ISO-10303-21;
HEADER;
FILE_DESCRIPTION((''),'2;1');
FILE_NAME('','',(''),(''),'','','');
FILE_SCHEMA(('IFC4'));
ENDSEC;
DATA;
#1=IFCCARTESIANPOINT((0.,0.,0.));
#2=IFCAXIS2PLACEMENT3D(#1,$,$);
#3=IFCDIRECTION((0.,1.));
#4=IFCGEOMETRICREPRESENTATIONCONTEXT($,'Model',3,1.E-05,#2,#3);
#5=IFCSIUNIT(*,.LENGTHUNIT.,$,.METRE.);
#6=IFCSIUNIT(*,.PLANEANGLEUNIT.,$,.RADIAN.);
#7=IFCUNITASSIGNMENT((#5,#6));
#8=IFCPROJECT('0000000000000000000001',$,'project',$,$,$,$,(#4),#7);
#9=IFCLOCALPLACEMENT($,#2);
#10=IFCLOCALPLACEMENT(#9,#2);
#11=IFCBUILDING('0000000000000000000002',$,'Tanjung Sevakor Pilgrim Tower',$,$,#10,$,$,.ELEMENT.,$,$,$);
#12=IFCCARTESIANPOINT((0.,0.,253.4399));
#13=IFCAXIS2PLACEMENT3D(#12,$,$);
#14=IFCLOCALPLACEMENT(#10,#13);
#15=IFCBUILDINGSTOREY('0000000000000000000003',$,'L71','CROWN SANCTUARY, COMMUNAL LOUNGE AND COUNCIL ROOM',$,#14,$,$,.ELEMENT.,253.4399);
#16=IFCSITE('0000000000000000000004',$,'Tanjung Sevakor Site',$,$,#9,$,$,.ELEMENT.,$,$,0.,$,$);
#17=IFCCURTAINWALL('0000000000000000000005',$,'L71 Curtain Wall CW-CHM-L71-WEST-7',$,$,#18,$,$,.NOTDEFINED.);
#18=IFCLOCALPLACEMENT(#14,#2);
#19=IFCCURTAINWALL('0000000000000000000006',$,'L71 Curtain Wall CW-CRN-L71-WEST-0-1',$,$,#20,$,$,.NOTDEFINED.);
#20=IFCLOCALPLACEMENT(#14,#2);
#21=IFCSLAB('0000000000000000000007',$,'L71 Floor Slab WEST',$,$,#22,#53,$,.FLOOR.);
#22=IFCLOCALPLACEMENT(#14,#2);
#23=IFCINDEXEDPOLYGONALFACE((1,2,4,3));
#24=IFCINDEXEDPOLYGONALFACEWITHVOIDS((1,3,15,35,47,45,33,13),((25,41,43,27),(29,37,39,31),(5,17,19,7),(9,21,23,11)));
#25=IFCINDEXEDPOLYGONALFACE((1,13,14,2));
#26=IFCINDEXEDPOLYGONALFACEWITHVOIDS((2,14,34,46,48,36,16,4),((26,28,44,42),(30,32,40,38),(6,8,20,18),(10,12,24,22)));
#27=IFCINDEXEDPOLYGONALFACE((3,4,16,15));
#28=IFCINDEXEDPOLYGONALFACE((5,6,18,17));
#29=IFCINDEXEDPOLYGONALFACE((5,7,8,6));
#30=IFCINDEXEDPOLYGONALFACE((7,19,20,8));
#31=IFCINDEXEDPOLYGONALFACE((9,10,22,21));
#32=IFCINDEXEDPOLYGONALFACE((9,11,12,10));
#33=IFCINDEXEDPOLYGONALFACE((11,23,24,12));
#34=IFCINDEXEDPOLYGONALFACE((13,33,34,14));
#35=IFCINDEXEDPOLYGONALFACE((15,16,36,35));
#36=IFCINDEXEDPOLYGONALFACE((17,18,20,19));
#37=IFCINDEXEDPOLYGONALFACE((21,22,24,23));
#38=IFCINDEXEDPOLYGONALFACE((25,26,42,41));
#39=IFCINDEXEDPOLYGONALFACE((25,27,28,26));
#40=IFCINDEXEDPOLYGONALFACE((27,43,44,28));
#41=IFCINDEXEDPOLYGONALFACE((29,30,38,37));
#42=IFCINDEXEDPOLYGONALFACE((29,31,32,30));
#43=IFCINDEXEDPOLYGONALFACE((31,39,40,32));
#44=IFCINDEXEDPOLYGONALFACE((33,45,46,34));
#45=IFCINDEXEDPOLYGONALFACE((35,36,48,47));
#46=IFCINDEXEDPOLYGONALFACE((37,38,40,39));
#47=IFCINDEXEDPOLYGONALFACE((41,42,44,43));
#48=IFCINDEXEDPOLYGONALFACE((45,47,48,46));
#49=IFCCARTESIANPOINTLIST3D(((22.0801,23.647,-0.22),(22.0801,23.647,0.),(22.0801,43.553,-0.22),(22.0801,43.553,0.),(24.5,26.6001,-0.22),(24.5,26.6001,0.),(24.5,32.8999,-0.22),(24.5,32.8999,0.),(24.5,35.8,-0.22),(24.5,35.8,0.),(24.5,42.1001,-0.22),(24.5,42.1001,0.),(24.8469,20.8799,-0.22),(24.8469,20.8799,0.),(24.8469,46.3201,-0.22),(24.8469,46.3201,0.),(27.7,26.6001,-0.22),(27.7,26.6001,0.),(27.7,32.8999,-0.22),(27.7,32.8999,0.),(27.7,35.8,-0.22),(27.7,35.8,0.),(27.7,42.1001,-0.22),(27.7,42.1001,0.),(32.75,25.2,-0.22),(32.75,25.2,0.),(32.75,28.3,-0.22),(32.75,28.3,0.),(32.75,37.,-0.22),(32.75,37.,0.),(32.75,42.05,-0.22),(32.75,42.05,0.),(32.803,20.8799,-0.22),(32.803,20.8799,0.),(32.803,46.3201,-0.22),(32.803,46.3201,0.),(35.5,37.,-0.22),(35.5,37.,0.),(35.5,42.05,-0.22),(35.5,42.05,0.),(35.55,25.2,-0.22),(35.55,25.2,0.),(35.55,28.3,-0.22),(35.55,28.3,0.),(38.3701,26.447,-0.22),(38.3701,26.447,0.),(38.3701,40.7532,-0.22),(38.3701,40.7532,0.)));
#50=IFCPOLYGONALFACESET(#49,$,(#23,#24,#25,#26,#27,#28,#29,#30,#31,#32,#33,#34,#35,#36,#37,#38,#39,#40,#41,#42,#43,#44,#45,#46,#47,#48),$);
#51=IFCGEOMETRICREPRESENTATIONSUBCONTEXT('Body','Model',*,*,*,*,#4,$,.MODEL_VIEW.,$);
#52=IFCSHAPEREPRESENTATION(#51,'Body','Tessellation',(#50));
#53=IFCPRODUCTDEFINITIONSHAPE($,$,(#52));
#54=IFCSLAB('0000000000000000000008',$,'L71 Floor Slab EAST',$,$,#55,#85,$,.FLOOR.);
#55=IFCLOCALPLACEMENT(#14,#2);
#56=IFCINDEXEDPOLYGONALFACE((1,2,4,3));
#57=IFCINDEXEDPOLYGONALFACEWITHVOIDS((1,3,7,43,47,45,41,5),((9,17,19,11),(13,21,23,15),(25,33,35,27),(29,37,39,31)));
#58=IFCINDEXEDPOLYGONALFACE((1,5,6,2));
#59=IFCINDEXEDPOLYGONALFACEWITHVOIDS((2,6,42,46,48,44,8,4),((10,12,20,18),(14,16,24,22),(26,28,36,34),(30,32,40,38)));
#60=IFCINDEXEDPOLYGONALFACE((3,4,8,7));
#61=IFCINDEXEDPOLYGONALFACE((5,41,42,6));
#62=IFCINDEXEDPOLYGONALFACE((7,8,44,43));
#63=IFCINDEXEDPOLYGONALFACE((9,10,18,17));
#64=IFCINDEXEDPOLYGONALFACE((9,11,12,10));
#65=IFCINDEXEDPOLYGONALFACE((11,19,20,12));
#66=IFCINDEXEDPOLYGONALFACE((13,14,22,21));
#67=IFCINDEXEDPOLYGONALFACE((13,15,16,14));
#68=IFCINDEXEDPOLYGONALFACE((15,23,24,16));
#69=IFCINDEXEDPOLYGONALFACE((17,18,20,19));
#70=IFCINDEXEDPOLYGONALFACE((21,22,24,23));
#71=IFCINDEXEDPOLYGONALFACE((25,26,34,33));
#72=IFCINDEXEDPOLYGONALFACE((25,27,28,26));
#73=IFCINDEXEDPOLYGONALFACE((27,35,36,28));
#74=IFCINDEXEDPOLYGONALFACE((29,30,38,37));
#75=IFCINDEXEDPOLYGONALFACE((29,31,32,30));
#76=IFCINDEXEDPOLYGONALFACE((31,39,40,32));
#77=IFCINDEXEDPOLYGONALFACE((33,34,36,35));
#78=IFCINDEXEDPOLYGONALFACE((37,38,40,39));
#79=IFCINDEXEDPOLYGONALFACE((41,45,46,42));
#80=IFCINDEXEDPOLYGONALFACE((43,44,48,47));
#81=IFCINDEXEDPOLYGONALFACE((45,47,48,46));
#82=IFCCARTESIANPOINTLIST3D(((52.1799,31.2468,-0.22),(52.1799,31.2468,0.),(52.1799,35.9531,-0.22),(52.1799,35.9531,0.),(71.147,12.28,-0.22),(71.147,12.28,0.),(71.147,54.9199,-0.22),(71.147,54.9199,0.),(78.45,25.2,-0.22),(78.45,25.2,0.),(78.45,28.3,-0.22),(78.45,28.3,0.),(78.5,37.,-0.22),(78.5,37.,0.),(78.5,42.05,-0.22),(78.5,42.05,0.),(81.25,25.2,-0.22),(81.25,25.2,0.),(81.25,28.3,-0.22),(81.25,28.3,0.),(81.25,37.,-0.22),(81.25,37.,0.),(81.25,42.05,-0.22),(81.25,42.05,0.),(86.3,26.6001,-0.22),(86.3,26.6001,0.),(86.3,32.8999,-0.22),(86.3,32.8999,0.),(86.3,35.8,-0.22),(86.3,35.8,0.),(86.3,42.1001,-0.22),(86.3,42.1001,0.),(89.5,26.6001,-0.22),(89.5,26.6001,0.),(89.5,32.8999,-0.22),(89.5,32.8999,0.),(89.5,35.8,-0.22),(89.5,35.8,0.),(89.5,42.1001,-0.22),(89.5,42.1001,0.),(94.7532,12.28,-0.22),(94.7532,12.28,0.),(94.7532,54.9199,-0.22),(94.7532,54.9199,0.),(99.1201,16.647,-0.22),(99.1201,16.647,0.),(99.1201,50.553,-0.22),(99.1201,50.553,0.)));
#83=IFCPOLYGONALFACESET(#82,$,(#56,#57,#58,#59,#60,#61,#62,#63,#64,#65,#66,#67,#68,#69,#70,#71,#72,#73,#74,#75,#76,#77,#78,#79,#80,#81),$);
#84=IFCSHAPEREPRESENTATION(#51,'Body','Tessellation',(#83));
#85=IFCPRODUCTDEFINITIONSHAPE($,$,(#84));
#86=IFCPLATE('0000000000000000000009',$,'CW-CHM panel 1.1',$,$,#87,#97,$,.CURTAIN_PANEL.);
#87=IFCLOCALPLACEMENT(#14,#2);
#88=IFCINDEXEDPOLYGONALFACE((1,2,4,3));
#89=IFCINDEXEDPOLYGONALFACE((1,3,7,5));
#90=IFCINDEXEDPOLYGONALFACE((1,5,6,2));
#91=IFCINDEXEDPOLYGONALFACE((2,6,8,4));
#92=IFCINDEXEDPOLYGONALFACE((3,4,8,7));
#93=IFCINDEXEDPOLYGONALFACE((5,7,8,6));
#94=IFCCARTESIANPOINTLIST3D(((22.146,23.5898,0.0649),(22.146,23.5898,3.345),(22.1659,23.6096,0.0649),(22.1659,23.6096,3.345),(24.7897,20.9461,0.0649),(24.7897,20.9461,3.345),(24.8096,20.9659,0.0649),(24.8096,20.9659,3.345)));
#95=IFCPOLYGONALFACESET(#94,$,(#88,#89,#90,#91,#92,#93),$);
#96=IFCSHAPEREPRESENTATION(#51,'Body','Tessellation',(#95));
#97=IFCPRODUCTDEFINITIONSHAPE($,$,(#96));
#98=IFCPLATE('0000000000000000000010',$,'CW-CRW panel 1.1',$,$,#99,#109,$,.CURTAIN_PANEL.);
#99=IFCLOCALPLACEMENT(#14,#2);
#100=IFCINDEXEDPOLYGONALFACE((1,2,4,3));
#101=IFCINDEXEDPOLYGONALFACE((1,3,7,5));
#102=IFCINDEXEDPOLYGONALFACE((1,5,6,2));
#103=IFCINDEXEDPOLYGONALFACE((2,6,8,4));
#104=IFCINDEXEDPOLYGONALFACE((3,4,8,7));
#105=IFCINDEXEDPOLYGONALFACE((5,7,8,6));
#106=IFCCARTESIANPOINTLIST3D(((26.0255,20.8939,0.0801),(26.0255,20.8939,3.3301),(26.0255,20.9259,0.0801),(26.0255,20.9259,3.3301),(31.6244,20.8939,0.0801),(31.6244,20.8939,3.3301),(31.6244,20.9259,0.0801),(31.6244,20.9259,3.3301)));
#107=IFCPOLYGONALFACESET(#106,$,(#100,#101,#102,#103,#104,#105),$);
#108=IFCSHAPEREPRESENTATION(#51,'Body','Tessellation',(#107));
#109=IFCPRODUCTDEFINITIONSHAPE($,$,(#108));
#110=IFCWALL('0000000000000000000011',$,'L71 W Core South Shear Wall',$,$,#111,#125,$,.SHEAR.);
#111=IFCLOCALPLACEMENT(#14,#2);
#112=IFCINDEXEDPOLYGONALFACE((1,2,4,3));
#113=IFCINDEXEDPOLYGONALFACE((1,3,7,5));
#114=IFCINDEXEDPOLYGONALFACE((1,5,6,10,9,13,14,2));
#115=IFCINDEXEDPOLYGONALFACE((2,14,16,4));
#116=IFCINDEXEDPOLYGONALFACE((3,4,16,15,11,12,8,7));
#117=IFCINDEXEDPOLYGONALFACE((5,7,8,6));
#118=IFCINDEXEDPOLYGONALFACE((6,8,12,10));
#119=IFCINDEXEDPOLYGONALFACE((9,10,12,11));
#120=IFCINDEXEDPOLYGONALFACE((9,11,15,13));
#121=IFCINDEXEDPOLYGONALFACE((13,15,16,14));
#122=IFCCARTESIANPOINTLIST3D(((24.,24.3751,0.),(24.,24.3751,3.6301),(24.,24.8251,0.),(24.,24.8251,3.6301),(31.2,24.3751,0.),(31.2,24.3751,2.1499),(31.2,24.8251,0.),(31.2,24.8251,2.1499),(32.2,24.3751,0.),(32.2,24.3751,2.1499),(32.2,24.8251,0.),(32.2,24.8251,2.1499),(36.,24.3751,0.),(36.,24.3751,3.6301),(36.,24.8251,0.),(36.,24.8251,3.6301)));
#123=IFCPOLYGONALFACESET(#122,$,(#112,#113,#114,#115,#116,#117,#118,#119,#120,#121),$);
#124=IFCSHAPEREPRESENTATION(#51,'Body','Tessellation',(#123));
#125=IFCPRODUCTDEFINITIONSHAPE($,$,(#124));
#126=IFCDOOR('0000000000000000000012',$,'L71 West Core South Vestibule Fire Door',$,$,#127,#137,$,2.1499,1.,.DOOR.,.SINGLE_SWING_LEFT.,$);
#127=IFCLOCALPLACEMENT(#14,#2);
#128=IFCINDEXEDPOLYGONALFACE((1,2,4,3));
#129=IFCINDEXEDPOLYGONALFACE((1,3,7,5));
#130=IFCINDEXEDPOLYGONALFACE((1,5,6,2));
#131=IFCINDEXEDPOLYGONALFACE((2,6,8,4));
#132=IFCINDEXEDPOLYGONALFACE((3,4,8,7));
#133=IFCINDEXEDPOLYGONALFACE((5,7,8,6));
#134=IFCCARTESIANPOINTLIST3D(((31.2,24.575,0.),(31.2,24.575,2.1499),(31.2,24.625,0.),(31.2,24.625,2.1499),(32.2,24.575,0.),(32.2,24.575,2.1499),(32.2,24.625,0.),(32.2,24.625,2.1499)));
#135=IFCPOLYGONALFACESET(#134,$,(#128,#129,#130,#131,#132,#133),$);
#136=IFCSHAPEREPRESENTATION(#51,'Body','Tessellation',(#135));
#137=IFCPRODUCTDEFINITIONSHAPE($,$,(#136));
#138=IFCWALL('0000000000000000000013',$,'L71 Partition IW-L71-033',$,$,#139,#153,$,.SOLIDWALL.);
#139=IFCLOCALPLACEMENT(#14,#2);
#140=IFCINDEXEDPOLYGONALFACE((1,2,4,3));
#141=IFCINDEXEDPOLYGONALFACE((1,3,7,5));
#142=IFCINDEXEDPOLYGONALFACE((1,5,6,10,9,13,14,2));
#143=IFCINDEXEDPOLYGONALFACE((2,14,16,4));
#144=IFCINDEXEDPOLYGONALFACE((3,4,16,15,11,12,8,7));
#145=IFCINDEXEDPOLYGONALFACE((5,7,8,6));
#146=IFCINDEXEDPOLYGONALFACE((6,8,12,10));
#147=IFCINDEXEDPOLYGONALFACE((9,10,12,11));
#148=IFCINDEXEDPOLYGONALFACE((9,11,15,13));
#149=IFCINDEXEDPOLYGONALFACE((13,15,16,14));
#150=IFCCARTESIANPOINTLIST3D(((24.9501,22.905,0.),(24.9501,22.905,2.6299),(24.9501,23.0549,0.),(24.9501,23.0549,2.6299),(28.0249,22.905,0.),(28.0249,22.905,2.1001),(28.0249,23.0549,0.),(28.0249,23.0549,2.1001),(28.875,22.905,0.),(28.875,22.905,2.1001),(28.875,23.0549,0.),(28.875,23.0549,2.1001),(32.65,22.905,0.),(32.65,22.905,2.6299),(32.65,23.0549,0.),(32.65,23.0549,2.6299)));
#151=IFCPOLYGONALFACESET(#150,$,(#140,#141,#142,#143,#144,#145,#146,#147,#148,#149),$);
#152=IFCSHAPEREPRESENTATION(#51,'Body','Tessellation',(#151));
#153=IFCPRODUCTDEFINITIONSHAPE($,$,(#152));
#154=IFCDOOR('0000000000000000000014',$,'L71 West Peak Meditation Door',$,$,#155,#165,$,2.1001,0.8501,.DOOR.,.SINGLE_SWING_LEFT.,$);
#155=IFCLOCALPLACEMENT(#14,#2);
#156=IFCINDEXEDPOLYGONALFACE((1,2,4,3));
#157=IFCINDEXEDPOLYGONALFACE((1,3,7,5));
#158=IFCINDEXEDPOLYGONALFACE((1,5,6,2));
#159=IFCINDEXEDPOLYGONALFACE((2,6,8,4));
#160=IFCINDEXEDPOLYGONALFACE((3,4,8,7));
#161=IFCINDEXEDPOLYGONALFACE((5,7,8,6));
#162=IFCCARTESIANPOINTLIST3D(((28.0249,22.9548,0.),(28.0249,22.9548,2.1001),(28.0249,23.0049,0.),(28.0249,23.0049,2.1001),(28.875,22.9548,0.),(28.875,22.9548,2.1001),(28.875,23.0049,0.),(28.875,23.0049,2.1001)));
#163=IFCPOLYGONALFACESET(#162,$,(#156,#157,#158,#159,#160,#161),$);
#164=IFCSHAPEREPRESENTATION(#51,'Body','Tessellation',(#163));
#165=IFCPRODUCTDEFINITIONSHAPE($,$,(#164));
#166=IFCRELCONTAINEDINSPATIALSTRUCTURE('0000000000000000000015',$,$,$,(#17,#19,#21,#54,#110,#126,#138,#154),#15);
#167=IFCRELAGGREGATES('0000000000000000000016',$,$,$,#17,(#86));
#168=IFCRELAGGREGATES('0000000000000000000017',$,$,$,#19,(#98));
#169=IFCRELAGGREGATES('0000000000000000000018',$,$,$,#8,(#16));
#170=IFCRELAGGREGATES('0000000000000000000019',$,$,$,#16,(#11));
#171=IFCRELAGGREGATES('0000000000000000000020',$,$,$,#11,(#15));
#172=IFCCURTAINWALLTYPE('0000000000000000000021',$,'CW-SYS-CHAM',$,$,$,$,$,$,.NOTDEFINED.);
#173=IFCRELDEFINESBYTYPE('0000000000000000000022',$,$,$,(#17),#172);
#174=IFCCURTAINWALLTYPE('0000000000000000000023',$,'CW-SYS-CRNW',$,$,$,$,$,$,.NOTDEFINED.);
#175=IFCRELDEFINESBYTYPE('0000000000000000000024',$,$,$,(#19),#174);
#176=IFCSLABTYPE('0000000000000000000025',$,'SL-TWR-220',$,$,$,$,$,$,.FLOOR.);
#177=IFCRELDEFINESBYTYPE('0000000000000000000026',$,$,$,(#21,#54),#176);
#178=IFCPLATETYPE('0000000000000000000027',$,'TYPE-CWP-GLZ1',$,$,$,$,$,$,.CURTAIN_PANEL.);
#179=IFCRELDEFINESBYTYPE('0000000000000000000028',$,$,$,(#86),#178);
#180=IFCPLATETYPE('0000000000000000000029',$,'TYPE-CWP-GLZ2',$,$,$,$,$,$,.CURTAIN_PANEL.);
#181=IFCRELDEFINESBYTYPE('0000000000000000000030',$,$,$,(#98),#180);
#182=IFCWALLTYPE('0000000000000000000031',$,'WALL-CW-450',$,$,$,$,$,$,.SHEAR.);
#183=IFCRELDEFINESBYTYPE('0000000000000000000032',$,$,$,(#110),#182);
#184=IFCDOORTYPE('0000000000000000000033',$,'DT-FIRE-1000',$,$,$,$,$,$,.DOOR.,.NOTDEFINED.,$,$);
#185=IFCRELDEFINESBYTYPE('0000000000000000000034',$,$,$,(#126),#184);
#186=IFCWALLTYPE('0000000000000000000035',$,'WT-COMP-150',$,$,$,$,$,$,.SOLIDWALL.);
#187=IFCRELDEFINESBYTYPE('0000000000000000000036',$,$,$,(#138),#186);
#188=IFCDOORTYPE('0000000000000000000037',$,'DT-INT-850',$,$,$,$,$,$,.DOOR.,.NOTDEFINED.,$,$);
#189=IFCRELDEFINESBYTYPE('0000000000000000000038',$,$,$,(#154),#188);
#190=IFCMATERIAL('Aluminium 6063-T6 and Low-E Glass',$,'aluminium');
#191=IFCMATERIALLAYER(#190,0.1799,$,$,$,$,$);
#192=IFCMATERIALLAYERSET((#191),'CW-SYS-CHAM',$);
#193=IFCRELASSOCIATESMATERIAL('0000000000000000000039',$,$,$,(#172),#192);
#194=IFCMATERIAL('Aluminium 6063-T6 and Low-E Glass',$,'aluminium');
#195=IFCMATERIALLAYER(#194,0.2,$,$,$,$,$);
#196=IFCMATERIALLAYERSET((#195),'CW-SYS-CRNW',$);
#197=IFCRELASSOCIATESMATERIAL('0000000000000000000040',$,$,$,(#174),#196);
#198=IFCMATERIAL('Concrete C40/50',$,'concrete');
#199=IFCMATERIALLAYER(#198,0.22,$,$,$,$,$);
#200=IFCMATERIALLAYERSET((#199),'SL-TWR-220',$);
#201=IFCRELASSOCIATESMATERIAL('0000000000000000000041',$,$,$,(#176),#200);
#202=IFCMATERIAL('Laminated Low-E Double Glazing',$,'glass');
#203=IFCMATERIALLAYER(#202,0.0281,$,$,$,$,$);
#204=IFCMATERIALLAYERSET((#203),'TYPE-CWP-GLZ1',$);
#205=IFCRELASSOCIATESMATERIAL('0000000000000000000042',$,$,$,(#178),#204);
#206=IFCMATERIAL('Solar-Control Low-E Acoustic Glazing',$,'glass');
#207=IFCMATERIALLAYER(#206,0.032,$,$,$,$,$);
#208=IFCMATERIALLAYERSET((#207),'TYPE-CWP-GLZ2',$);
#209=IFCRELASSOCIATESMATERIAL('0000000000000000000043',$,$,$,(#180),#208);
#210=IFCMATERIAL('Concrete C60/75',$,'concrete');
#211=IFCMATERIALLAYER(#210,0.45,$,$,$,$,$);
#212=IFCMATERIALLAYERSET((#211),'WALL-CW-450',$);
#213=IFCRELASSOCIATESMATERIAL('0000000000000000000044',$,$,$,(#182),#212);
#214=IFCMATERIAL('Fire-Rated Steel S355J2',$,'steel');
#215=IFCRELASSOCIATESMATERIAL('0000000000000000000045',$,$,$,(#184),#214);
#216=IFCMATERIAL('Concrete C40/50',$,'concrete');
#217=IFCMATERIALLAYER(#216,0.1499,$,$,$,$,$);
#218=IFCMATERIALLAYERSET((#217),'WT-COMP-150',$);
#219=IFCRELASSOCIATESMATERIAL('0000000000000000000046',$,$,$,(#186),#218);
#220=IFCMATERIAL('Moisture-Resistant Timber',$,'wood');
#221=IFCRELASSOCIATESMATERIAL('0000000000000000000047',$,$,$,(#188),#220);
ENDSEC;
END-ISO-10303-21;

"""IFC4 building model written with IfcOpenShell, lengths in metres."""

from ifc_helpers import new_model, si_unit, direction, frame, frame_2d, origin, origin_2d, place, context, subcontext, project, spatial, polyline, rectangle, outline, extrude, material, layer, layer_set, type_object, element, fill, aggregate, save


model = new_model("IFC4")

# Units and contexts
model_context = context("Model", 3, precision=1e-05, world=origin(), true_north=direction((0.0, 1.0)))
body_context = subcontext(model_context, "Body", "Model", "MODEL_VIEW")
ifc_project = project(units=[si_unit("LENGTHUNIT", "METRE"), si_unit("PLANEANGLEUNIT", "RADIAN")], contexts=[model_context])

# Site, building, storey
site_placement = place(None, origin())
site = spatial("IfcSite", under=ifc_project, at=site_placement, Name="Tanjung Sevakor Site", CompositionType="ELEMENT", RefElevation=0.0)
building_placement = place(site_placement, origin())
building = spatial("IfcBuilding", under=site, at=building_placement, Name="Tanjung Sevakor Pilgrim Tower", CompositionType="ELEMENT")
storey_placement = place(building_placement, frame((0.0, 0.0, 253.4399)))
storey = spatial("IfcBuildingStorey", under=building, at=storey_placement, Name="L71", Description="CROWN SANCTUARY, COMMUNAL LOUNGE AND COUNCIL ROOM", CompositionType="ELEMENT", Elevation=253.4399)

# Curtain wall
ifc_material_1 = material(Name="Aluminium 6063-T6 and Low-E Glass", Category="aluminium")
ifc_layer_1 = layer(ifc_material_1, 0.1799)
ifc_layer_set_1 = layer_set([ifc_layer_1], Name="CW-SYS-CHAM")
curtain_wall_type_1 = type_object("IfcCurtainWallType", Name="CW-SYS-CHAM", PredefinedType="NOTDEFINED", material=ifc_layer_set_1)
curtain_wall_1_placement = place(storey_placement, origin())
curtain_wall_1 = element("IfcCurtainWall", 1, at=curtain_wall_1_placement, inside=storey, type_object=curtain_wall_type_1, Name="L71 Curtain Wall CW-CHM-L71-WEST-7", PredefinedType="NOTDEFINED")

# Curtain wall
ifc_material_2 = material(Name="Aluminium 6063-T6 and Low-E Glass", Category="aluminium")
ifc_layer_2 = layer(ifc_material_2, 0.2)
ifc_layer_set_2 = layer_set([ifc_layer_2], Name="CW-SYS-CRNW")
curtain_wall_type_2 = type_object("IfcCurtainWallType", Name="CW-SYS-CRNW", PredefinedType="NOTDEFINED", material=ifc_layer_set_2)
curtain_wall_2_placement = place(storey_placement, origin())
curtain_wall_2 = element("IfcCurtainWall", 2, at=curtain_wall_2_placement, inside=storey, type_object=curtain_wall_type_2, Name="L71 Curtain Wall CW-CRN-L71-WEST-0-1", PredefinedType="NOTDEFINED")

# Slabs
ifc_material_3 = material(Name="Concrete C40/50", Category="concrete")
ifc_layer_3 = layer(ifc_material_3, 0.22)
ifc_layer_set_3 = layer_set([ifc_layer_3], Name="SL-TWR-220")
slab_type_1 = type_object("IfcSlabType", Name="SL-TWR-220", PredefinedType="FLOOR", material=ifc_layer_set_3)
slab_1_placement = place(storey_placement, frame((0.0, 0.0, -0.22)))
element("IfcSlab", 3, at=slab_1_placement, inside=storey, type_object=slab_type_1, Name="L71 Floor Slab WEST", PredefinedType="FLOOR", context=body_context, shape_type="SweptSolid", body=[
    extrude(outline(polyline([(24.8469, 20.8799), (32.803, 20.8799), (38.3701, 26.447), (38.3701, 40.7532), (32.803, 46.3201), (24.8469, 46.3201), (22.0801, 43.553), (22.0801, 23.647), (24.8469, 20.8799)]), holes=[polyline([(27.7, 26.6001), (27.7, 32.8999), (24.5, 32.8999), (24.5, 26.6001), (27.7, 26.6001)]), polyline([(27.7, 35.8), (27.7, 42.1001), (24.5, 42.1001), (24.5, 35.8), (27.7, 35.8)]), polyline([(32.75, 25.2), (35.55, 25.2), (35.55, 28.3), (32.75, 28.3), (32.75, 25.2)]), polyline([(32.75, 37.0), (35.5, 37.0), (35.5, 42.05), (32.75, 42.05), (32.75, 37.0)])]), origin(), (0.0, 0.0, 1.0), 0.22),
])
slab_2_placement = place(storey_placement, frame((0.0, 0.0, -0.22)))
element("IfcSlab", 4, at=slab_2_placement, inside=storey, type_object=slab_type_1, Name="L71 Floor Slab EAST", PredefinedType="FLOOR", context=body_context, shape_type="SweptSolid", body=[
    extrude(outline(polyline([(71.147, 12.28), (94.7532, 12.28), (99.1201, 16.647), (99.1201, 50.553), (94.7532, 54.9199), (71.147, 54.9199), (52.1799, 35.9531), (52.1799, 31.2468), (71.147, 12.28)]), holes=[polyline([(89.5, 26.6001), (89.5, 32.8999), (86.3, 32.8999), (86.3, 26.6001), (89.5, 26.6001)]), polyline([(89.5, 35.8), (89.5, 42.1001), (86.3, 42.1001), (86.3, 35.8), (89.5, 35.8)]), polyline([(78.45, 25.2), (81.25, 25.2), (81.25, 28.3), (78.45, 28.3), (78.45, 25.2)]), polyline([(78.5, 37.0), (81.25, 37.0), (81.25, 42.05), (78.5, 42.05), (78.5, 37.0)])]), origin(), (0.0, 0.0, 1.0), 0.22),
])

# Plates
ifc_material_4 = material(Name="Laminated Low-E Double Glazing", Category="glass")
ifc_layer_4 = layer(ifc_material_4, 0.0281)
ifc_layer_set_4 = layer_set([ifc_layer_4], Name="TYPE-CWP-GLZ1")
plate_type_1 = type_object("IfcPlateType", Name="TYPE-CWP-GLZ1", PredefinedType="CURTAIN_PANEL", material=ifc_layer_set_4)
plate_1_placement = place(storey_placement, frame((23.4778, 22.2778, 0.0649), z_axis=(0.0, 0.0, 1.0), x_axis=(0.707107, -0.707107, 0.0)))
plate_1 = element("IfcPlate", 5, at=plate_1_placement, type_object=plate_type_1, Name="CW-CHM panel 1.1", PredefinedType="CURTAIN_PANEL", context=body_context, shape_type="SweptSolid", body=[
    extrude(rectangle(XDim=3.7388, YDim=0.0281, at=origin_2d()), origin(), (0.0, 0.0, 1.0), 3.28),
])
aggregate(curtain_wall_1, [plate_1])
ifc_material_5 = material(Name="Solar-Control Low-E Acoustic Glazing", Category="glass")
ifc_layer_5 = layer(ifc_material_5, 0.032)
ifc_layer_set_5 = layer_set([ifc_layer_5], Name="TYPE-CWP-GLZ2")
plate_type_2 = type_object("IfcPlateType", Name="TYPE-CWP-GLZ2", PredefinedType="CURTAIN_PANEL", material=ifc_layer_set_5)
plate_2_placement = place(storey_placement, frame((28.825, 20.9099, 0.0801), z_axis=(0.0, 0.0, 1.0), x_axis=(1.0, 0.0, 0.0)))
plate_2 = element("IfcPlate", 6, at=plate_2_placement, type_object=plate_type_2, Name="CW-CRW panel 1.1", PredefinedType="CURTAIN_PANEL", context=body_context, shape_type="SweptSolid", body=[
    extrude(rectangle(XDim=5.5989, YDim=0.032, at=origin_2d()), origin(), (0.0, 0.0, 1.0), 3.25),
])
aggregate(curtain_wall_2, [plate_2])

# Walls, openings, doors
ifc_material_6 = material(Name="Concrete C60/75", Category="concrete")
ifc_layer_6 = layer(ifc_material_6, 0.45)
ifc_layer_set_6 = layer_set([ifc_layer_6], Name="WALL-CW-450")
wall_type_1 = type_object("IfcWallType", Name="WALL-CW-450", PredefinedType="SHEAR", material=ifc_layer_set_6)
wall_1_placement = place(storey_placement, frame((24.0, 24.6001, 0.0), z_axis=(0.0, 0.0, 1.0), x_axis=(1.0, 0.0, 0.0)))
wall_1 = element("IfcWall", 7, at=wall_1_placement, inside=storey, type_object=wall_type_1, Name="L71 W Core South Shear Wall", PredefinedType="SHEAR", context=body_context, shape_type="SweptSolid", body=[
    extrude(rectangle(XDim=12.0, YDim=0.45, at=frame_2d((6.0, 0.0))), origin(), (0.0, 0.0, 1.0), 3.6301),
])
opening_1_placement = place(wall_1_placement, frame((7.2, 0.0, 0.0)))
opening_1 = element("IfcOpeningElement", 8, at=opening_1_placement, cuts=wall_1, PredefinedType="OPENING", context=body_context, shape_type="SweptSolid", body=[
    extrude(rectangle(XDim=1.0, YDim=2.1499, at=frame_2d((0.5, 1.075))), frame((0.0, 0.2349, 0.0), z_axis=(0.0, -1.0, 0.0), x_axis=(1.0, 0.0, 0.0)), (0.0, 0.0, 1.0), 0.47),
])
ifc_material_7 = material(Name="Fire-Rated Steel S355J2", Category="steel")
door_type_1 = type_object("IfcDoorType", Name="DT-FIRE-1000", OperationType="NOTDEFINED", PredefinedType="DOOR", material=ifc_material_7)
door_1_placement = place(opening_1_placement, origin())
door_1 = element("IfcDoor", 9, at=door_1_placement, inside=storey, type_object=door_type_1, Name="L71 West Core South Vestibule Fire Door", OperationType="SINGLE_SWING_LEFT", OverallHeight=2.1499, OverallWidth=1.0, PredefinedType="DOOR", context=body_context, shape_type="SweptSolid", body=[
    extrude(rectangle(XDim=1.0, YDim=2.1499, at=frame_2d((0.5, 1.075))), frame((0.0, 0.0249, 0.0), z_axis=(0.0, -1.0, 0.0), x_axis=(1.0, 0.0, 0.0)), (0.0, 0.0, 1.0), 0.05),
])
fill(opening_1, door_1)
ifc_material_8 = material(Name="Concrete C40/50", Category="concrete")
ifc_layer_7 = layer(ifc_material_8, 0.1499)
ifc_layer_set_7 = layer_set([ifc_layer_7], Name="WT-COMP-150")
wall_type_2 = type_object("IfcWallType", Name="WT-COMP-150", PredefinedType="SOLIDWALL", material=ifc_layer_set_7)
wall_2_placement = place(storey_placement, frame((24.95, 22.98, 0.0), z_axis=(0.0, 0.0, 1.0), x_axis=(1.0, 0.0, 0.0)))
wall_2 = element("IfcWall", 10, at=wall_2_placement, inside=storey, type_object=wall_type_2, Name="L71 Partition IW-L71-033", PredefinedType="SOLIDWALL", context=body_context, shape_type="SweptSolid", body=[
    extrude(rectangle(XDim=7.7, YDim=0.1499, at=frame_2d((3.8501, 0.0))), origin(), (0.0, 0.0, 1.0), 2.6299),
])
opening_2_placement = place(wall_2_placement, frame((3.075, 0.0, 0.0)))
opening_2 = element("IfcOpeningElement", 11, at=opening_2_placement, cuts=wall_2, PredefinedType="OPENING", context=body_context, shape_type="SweptSolid", body=[
    extrude(rectangle(XDim=0.8501, YDim=2.1001, at=frame_2d((0.425, 1.05))), frame((0.0, 0.085, 0.0), z_axis=(0.0, -1.0, 0.0), x_axis=(1.0, 0.0, 0.0)), (0.0, 0.0, 1.0), 0.1699),
])
ifc_material_9 = material(Name="Moisture-Resistant Timber", Category="wood")
door_type_2 = type_object("IfcDoorType", Name="DT-INT-850", OperationType="NOTDEFINED", PredefinedType="DOOR", material=ifc_material_9)
door_2_placement = place(opening_2_placement, origin())
door_2 = element("IfcDoor", 12, at=door_2_placement, inside=storey, type_object=door_type_2, Name="L71 West Peak Meditation Door", OperationType="SINGLE_SWING_LEFT", OverallHeight=2.1001, OverallWidth=0.8501, PredefinedType="DOOR", context=body_context, shape_type="SweptSolid", body=[
    extrude(rectangle(XDim=0.8501, YDim=2.1001, at=frame_2d((0.425, 1.05))), frame((0.0, 0.0249, 0.0), z_axis=(0.0, -1.0, 0.0), x_axis=(1.0, 0.0, 0.0)), (0.0, 0.0, 1.0), 0.05),
])
fill(opening_2, door_2)

save(model, "model.ifc")
